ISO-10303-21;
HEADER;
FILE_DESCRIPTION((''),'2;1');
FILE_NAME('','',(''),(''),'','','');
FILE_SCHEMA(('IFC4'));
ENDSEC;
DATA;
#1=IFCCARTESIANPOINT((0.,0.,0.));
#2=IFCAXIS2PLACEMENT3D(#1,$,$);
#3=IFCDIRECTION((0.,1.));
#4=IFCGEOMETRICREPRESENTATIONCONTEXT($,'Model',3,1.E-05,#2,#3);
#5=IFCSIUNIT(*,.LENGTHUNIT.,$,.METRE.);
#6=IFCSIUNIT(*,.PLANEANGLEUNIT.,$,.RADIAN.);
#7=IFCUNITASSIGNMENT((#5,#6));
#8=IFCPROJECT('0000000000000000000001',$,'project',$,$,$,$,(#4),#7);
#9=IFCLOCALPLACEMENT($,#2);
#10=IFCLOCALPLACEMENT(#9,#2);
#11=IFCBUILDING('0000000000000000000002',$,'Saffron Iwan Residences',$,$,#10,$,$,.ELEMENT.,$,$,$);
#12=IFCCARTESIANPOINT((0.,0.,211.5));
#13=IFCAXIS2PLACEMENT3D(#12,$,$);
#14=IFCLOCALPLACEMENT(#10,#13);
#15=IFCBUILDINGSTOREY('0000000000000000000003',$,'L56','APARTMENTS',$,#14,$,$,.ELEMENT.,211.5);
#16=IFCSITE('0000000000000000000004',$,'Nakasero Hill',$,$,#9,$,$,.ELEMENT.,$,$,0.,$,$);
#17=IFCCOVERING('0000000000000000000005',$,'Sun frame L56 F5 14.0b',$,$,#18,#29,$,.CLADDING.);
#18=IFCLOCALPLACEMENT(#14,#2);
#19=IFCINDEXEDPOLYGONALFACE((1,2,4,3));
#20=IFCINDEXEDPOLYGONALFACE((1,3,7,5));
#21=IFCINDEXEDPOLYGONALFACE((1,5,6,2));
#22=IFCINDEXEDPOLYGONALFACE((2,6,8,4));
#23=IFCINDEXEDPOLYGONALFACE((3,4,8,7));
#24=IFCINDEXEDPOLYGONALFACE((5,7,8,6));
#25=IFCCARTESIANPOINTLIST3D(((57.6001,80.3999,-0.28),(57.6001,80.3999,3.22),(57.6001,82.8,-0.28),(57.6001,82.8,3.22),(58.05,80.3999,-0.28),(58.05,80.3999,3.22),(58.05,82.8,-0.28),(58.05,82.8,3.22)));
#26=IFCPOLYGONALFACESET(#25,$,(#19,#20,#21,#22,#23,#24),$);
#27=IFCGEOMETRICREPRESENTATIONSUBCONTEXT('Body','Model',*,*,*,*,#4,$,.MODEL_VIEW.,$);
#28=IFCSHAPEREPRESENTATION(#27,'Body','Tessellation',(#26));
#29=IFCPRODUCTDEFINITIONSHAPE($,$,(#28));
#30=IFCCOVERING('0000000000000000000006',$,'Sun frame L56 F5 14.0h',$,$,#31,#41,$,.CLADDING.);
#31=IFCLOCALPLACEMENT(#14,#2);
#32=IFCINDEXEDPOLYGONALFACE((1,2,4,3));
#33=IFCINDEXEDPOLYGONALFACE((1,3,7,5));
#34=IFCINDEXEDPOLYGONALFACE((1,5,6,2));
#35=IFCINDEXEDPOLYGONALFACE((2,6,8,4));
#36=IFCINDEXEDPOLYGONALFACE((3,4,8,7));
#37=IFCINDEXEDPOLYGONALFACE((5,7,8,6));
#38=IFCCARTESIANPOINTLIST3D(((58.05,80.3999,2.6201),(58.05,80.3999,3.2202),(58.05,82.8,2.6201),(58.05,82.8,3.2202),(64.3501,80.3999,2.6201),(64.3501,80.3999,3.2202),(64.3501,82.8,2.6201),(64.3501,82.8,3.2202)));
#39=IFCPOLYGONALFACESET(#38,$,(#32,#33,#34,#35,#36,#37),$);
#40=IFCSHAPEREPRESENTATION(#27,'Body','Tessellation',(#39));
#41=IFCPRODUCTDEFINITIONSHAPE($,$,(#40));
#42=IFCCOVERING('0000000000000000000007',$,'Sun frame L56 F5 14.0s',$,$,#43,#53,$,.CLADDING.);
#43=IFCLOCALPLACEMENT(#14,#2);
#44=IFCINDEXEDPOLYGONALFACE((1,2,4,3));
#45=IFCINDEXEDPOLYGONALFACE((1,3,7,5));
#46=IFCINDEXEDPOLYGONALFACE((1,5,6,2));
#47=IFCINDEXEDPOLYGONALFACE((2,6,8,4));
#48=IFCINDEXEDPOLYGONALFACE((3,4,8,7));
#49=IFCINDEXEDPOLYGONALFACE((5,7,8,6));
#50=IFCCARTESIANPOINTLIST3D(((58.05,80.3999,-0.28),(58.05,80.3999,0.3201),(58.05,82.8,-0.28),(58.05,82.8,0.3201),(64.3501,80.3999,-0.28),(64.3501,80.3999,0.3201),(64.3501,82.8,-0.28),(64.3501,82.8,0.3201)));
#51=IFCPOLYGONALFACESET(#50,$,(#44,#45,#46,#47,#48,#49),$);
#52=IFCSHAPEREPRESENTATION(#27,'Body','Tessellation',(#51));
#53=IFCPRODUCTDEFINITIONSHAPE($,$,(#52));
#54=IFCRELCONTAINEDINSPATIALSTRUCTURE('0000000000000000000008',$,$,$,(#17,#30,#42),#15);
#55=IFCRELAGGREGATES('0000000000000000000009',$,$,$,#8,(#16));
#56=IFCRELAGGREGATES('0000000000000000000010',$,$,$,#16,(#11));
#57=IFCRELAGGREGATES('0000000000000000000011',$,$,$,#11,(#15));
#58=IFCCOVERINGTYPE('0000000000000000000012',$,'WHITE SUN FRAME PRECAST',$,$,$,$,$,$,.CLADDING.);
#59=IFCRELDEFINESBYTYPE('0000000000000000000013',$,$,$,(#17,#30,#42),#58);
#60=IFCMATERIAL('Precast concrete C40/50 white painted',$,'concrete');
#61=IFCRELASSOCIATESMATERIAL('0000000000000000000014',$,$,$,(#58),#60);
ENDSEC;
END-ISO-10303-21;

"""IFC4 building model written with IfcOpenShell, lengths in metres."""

from ifc_helpers import new_model, si_unit, direction, frame, origin, place, context, subcontext, project, spatial, polyline, outline, extrude, material, type_object, element, save


model = new_model("IFC4")

# Units and contexts
model_context = context("Model", 3, precision=1e-05, world=origin(), true_north=direction((0.0, 1.0)))
body_context = subcontext(model_context, "Body", "Model", "MODEL_VIEW")
ifc_project = project(units=[si_unit("LENGTHUNIT", "METRE"), si_unit("PLANEANGLEUNIT", "RADIAN")], contexts=[model_context])

# Site, building, storey
site_placement = place(None, origin())
site = spatial("IfcSite", under=ifc_project, at=site_placement, Name="Nakasero Hill", CompositionType="ELEMENT", RefElevation=0.0)
building_placement = place(site_placement, origin())
building = spatial("IfcBuilding", under=site, at=building_placement, Name="Saffron Iwan Residences", CompositionType="ELEMENT")
storey_placement = place(building_placement, frame((0.0, 0.0, 211.5)))
storey = spatial("IfcBuildingStorey", under=building, at=storey_placement, Name="L56", Description="APARTMENTS", CompositionType="ELEMENT", Elevation=211.5)

# Coverings
ifc_material_1 = material(Name="Precast concrete C40/50 white painted", Category="concrete")
covering_type_1 = type_object("IfcCoveringType", Name="WHITE SUN FRAME PRECAST", PredefinedType="CLADDING", material=ifc_material_1)
for number, where, z_axis, x_axis, name in (
    (1, (58.05, 80.3999, -0.28), (0.0, 1.0, 0.0), (-1.0, 0.0, 0.0), "Sun frame L56 F5 14.0b"),
):
    element("IfcCovering", number, at=place(storey_placement, frame(where, z_axis=z_axis, x_axis=x_axis)), inside=storey, type_object=covering_type_1, Name=name, PredefinedType="CLADDING", context=body_context, shape_type="SweptSolid", body=[
        extrude(outline(polyline([(0.0, 0.0), (0.45, 0.0), (0.45, 3.5), (0.0, 3.5), (0.0, 0.0)])), origin(), (0.0, 0.0, 1.0), 2.4001),
    ])
for number, where, z_axis, x_axis, name in (
    (2, (64.3501, 80.3999, 2.6201), (0.0, 1.0, 0.0), (-1.0, 0.0, 0.0), "Sun frame L56 F5 14.0h"),
    (3, (64.3501, 80.3999, -0.28), (0.0, 1.0, 0.0), (-1.0, 0.0, 0.0), "Sun frame L56 F5 14.0s"),
):
    element("IfcCovering", number, at=place(storey_placement, frame(where, z_axis=z_axis, x_axis=x_axis)), inside=storey, type_object=covering_type_1, Name=name, PredefinedType="CLADDING", context=body_context, shape_type="SweptSolid", body=[
        extrude(outline(polyline([(0.0, 0.0), (6.3, 0.0), (6.3, 0.6001), (0.0, 0.6001), (0.0, 0.0)])), origin(), (0.0, 0.0, 1.0), 2.4001),
    ])

save(model, "model.ifc")
